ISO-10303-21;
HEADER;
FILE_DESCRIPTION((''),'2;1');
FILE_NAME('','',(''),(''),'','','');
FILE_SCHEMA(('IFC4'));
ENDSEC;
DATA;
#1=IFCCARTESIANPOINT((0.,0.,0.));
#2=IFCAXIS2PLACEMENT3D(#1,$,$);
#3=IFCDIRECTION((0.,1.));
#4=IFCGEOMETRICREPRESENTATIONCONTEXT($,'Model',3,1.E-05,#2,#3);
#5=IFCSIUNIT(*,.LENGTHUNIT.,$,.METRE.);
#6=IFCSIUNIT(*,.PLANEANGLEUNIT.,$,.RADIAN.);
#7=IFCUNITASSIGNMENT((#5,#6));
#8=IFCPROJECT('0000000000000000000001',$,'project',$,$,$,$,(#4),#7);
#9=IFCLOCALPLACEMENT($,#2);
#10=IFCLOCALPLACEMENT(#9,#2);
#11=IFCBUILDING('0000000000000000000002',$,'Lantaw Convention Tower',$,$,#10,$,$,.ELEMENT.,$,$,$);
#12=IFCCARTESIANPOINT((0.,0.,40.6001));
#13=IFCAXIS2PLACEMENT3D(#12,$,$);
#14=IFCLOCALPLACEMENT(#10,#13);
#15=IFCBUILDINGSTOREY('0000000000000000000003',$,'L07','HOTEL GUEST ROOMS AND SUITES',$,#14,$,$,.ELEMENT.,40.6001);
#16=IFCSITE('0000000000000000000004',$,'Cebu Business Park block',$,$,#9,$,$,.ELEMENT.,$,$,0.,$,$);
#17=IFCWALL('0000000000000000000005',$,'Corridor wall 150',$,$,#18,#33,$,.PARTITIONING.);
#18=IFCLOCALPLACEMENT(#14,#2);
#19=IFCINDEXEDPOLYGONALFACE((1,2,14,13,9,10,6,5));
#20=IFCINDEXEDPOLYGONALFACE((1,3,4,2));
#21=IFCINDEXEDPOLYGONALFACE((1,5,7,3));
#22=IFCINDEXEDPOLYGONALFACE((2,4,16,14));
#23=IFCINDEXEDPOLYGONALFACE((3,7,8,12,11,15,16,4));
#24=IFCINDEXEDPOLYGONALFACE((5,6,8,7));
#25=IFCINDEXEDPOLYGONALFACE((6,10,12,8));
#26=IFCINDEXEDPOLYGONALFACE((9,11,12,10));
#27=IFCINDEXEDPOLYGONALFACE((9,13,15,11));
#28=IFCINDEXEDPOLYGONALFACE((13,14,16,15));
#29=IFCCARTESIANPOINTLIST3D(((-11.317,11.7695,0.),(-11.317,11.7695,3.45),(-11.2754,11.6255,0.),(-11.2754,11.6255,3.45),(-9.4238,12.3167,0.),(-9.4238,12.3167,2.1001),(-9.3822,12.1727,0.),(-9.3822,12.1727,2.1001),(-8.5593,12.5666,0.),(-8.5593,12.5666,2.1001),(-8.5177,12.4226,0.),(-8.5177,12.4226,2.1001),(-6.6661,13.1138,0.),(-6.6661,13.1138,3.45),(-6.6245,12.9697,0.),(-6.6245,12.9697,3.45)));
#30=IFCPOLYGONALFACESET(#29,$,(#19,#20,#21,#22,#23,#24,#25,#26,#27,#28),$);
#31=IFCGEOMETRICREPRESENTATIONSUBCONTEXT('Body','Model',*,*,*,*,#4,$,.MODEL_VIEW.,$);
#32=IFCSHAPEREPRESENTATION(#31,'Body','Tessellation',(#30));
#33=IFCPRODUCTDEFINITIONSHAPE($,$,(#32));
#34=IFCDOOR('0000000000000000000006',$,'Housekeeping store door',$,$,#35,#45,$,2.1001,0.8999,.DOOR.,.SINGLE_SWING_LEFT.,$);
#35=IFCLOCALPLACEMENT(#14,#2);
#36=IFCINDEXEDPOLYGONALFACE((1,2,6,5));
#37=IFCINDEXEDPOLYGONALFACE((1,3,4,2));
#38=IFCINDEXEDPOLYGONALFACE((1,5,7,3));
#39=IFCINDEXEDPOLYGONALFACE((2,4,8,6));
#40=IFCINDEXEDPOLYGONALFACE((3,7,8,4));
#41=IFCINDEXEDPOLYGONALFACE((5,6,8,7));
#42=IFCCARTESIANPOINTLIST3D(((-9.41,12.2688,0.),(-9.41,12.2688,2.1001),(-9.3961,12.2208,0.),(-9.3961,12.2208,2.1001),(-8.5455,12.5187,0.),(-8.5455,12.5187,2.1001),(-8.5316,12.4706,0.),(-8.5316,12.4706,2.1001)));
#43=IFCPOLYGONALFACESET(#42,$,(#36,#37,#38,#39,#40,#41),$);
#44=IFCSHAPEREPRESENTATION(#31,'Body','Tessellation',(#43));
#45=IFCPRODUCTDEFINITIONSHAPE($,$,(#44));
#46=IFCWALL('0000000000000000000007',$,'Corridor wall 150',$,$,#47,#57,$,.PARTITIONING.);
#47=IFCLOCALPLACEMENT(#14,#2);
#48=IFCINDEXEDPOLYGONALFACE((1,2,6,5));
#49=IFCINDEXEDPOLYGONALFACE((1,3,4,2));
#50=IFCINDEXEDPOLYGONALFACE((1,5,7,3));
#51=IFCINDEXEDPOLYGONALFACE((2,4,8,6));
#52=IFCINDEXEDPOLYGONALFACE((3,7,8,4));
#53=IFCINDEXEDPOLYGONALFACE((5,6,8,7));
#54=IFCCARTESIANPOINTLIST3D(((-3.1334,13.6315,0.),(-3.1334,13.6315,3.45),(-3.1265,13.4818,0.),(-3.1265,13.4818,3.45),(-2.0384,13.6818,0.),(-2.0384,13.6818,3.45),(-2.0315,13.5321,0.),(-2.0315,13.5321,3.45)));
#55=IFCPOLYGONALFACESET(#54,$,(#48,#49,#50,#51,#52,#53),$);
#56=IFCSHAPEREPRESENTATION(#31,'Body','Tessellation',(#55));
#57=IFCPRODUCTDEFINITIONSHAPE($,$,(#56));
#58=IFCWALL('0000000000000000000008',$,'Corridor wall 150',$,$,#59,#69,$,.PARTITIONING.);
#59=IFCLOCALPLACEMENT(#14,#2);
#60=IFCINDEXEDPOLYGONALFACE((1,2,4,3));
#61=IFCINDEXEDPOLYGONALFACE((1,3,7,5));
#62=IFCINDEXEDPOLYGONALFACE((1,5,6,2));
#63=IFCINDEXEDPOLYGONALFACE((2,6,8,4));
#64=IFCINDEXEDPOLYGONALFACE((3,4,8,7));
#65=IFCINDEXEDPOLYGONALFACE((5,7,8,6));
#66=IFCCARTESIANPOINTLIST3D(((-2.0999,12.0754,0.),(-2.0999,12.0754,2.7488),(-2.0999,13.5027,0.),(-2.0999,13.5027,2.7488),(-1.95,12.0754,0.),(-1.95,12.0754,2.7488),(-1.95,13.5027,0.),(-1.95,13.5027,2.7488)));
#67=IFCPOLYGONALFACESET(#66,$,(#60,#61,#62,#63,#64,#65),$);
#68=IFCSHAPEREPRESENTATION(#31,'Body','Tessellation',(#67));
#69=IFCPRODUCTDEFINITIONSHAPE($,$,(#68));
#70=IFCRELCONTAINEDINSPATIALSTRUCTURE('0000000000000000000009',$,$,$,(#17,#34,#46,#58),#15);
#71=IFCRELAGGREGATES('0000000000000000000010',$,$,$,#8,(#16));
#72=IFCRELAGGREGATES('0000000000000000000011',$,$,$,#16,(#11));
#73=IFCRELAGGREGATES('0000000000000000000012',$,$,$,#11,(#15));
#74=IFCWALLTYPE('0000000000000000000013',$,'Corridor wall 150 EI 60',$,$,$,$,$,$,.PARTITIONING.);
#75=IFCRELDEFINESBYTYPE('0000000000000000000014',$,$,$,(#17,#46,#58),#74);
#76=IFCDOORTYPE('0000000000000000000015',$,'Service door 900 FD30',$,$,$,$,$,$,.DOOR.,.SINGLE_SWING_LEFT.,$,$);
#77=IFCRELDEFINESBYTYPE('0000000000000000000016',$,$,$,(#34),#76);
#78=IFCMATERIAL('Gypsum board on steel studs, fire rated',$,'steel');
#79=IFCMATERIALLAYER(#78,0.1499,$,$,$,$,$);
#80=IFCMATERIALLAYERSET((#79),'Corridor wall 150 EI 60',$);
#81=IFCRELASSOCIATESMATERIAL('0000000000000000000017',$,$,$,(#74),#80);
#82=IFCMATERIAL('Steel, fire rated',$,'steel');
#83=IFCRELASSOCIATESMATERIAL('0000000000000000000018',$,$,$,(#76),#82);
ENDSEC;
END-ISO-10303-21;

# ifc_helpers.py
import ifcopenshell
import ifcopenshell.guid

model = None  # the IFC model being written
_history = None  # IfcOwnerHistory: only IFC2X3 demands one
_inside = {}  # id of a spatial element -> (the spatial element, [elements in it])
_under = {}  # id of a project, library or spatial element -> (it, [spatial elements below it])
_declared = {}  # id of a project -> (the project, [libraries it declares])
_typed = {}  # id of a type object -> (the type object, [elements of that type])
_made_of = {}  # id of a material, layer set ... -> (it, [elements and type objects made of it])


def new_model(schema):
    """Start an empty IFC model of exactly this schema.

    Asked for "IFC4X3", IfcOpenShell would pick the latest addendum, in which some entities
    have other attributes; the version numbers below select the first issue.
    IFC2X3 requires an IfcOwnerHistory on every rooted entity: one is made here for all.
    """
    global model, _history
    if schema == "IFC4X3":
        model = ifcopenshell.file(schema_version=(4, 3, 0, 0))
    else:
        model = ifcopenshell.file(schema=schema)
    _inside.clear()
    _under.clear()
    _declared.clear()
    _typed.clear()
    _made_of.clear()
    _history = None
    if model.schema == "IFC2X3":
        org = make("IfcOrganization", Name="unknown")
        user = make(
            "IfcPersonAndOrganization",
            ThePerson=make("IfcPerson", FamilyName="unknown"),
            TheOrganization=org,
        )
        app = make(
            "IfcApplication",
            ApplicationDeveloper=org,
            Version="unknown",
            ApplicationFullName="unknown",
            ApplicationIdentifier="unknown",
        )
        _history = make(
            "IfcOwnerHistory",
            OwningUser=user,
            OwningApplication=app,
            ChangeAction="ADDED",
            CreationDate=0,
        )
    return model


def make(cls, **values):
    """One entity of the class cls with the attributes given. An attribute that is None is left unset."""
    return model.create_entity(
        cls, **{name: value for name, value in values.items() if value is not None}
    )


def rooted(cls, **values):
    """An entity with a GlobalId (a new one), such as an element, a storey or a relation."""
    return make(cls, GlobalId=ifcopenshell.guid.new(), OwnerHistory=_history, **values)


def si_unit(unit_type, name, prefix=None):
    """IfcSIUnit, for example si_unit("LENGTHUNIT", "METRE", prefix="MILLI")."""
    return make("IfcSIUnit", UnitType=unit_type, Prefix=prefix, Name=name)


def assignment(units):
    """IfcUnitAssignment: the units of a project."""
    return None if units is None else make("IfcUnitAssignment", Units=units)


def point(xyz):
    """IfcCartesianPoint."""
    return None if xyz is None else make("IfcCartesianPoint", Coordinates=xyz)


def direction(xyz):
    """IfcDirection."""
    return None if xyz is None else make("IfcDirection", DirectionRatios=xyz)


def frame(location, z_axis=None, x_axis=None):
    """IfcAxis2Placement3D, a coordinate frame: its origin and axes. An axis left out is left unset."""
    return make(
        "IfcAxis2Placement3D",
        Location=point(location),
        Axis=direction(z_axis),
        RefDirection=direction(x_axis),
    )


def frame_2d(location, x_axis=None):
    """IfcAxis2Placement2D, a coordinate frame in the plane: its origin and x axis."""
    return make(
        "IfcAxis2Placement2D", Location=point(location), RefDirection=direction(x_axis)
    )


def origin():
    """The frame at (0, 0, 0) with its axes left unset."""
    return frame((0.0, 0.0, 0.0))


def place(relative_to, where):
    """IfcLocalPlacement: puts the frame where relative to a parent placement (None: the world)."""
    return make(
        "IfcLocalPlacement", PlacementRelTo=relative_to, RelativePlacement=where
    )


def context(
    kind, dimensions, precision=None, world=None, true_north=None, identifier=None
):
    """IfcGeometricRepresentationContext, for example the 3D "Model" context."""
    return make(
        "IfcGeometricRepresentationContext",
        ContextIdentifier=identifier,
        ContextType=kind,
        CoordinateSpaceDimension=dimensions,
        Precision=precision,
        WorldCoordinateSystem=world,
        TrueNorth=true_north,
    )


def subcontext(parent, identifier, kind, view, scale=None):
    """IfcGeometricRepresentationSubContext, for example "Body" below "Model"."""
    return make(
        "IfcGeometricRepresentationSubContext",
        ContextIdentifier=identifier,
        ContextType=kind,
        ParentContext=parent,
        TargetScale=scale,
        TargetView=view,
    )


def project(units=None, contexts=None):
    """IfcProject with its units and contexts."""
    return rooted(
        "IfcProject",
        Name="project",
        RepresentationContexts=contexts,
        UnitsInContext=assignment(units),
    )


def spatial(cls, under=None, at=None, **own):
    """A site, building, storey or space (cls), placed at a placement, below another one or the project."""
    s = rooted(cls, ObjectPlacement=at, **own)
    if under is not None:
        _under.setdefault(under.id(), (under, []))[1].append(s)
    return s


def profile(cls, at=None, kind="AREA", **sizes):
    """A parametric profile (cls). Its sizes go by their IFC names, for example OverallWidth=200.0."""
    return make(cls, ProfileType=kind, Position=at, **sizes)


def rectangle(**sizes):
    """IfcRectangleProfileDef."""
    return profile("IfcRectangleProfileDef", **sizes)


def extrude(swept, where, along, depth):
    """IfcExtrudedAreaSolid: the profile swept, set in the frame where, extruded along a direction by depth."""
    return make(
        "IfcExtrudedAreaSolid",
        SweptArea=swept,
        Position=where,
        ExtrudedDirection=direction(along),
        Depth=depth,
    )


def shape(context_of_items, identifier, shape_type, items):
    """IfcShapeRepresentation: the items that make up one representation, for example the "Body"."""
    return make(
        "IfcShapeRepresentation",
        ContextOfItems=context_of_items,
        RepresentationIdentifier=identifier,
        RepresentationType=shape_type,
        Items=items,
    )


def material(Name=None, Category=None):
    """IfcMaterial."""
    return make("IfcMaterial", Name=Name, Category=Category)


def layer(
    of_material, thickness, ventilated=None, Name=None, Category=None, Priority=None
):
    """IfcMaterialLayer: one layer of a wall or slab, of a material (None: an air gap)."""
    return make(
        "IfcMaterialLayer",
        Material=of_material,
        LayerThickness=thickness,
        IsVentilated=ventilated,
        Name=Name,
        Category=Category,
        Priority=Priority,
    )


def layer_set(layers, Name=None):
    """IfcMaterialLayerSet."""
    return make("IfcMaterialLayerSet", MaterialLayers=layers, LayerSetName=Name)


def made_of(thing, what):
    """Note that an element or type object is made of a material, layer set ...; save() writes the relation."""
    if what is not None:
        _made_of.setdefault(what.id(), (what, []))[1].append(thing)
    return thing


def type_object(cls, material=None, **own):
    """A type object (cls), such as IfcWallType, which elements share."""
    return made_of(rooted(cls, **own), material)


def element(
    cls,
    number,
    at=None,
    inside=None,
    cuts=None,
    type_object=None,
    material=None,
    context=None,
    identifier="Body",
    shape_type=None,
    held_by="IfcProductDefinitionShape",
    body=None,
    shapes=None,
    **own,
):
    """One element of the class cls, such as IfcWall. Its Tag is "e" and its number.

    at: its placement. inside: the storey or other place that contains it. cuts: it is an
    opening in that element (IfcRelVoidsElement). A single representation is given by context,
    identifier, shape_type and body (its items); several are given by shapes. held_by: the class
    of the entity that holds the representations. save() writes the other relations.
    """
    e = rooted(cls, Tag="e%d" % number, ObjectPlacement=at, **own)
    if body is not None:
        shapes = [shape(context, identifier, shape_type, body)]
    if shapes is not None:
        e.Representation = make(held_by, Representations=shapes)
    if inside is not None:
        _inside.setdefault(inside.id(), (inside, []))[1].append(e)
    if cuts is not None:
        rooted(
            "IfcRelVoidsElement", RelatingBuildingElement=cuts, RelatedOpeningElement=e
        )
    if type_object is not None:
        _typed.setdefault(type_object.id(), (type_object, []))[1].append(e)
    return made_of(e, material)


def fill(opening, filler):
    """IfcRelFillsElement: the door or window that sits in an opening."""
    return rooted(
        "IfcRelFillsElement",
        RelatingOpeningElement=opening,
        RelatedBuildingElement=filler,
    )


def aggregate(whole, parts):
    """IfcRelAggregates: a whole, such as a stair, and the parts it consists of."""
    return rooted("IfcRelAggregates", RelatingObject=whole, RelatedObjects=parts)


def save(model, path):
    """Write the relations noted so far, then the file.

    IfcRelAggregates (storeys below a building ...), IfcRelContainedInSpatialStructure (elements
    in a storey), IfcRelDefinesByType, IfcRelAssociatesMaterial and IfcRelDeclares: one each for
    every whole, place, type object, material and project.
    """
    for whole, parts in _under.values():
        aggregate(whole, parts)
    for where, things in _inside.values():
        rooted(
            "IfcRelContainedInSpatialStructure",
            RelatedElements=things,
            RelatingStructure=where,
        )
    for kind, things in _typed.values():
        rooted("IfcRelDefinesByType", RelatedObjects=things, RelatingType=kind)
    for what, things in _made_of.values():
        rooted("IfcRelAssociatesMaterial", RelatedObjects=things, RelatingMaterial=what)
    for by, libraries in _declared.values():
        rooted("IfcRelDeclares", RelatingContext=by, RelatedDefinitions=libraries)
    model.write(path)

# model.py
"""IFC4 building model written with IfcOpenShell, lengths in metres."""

from ifc_helpers import new_model, si_unit, direction, frame, frame_2d, origin, place, context, subcontext, project, spatial, rectangle, extrude, material, layer, layer_set, type_object, element, fill, save


model = new_model("IFC4")

# Units and contexts
model_context = context("Model", 3, precision=1e-05, world=origin(), true_north=direction((0.0, 1.0)))
body_context = subcontext(model_context, "Body", "Model", "MODEL_VIEW")
ifc_project = project(units=[si_unit("LENGTHUNIT", "METRE"), si_unit("PLANEANGLEUNIT", "RADIAN")], contexts=[model_context])

# Site, building, storey
site_placement = place(None, origin())
site = spatial("IfcSite", under=ifc_project, at=site_placement, Name="Cebu Business Park block", CompositionType="ELEMENT", RefElevation=0.0)
building_placement = place(site_placement, origin())
building = spatial("IfcBuilding", under=site, at=building_placement, Name="Lantaw Convention Tower", CompositionType="ELEMENT")
storey_placement = place(building_placement, frame((0.0, 0.0, 40.6001)))
storey = spatial("IfcBuildingStorey", under=building, at=storey_placement, Name="L07", Description="HOTEL GUEST ROOMS AND SUITES", CompositionType="ELEMENT", Elevation=40.6001)

# Wall, opening, door
ifc_material_1 = material(Name="Gypsum board on steel studs, fire rated", Category="steel")
ifc_layer_1 = layer(ifc_material_1, 0.1499)
ifc_layer_set_1 = layer_set([ifc_layer_1], Name="Corridor wall 150 EI 60")
wall_type_1 = type_object("IfcWallType", Name="Corridor wall 150 EI 60", PredefinedType="PARTITIONING", material=ifc_layer_set_1)
ifc_material_2 = material(Name="Steel, fire rated", Category="steel")
wall_1_placement = place(storey_placement, frame((-6.6453, 13.0417, 0.0), z_axis=(0.0, 0.0, 1.0), x_axis=(-0.960678, -0.277664, 0.0)))
wall_1 = element("IfcWall", 1, at=wall_1_placement, inside=storey, type_object=wall_type_1, Name="Corridor wall 150", PredefinedType="PARTITIONING", context=body_context, shape_type="SweptSolid", body=[
    extrude(rectangle(XDim=4.8413, YDim=0.1499, at=frame_2d((2.4207, 0.0))), origin(), (0.0, 0.0, 1.0), 3.45),
])
opening_1_placement = place(wall_1_placement, frame((1.9707, 0.0, 0.0)))
opening_1 = element("IfcOpeningElement", 2, at=opening_1_placement, cuts=wall_1, PredefinedType="OPENING", context=body_context, shape_type="SweptSolid", body=[
    extrude(rectangle(XDim=0.8999, YDim=2.1001, at=frame_2d((0.45, 1.05))), frame((0.0, 0.085, 0.0), z_axis=(0.0, -1.0, 0.0), x_axis=(1.0, 0.0, 0.0)), (0.0, 0.0, 1.0), 0.1699),
])
door_type_1 = type_object("IfcDoorType", Name="Service door 900 FD30", OperationType="SINGLE_SWING_LEFT", PredefinedType="DOOR", material=ifc_material_2)
door_1_placement = place(opening_1_placement, origin())
door_1 = element("IfcDoor", 3, at=door_1_placement, inside=storey, type_object=door_type_1, Name="Housekeeping store door", OperationType="SINGLE_SWING_LEFT", OverallHeight=2.1001, OverallWidth=0.8999, PredefinedType="DOOR", context=body_context, shape_type="SweptSolid", body=[
    extrude(rectangle(XDim=0.8999, YDim=2.1001, at=frame_2d((0.45, 1.05))), frame((0.0, 0.0249, 0.0), z_axis=(0.0, -1.0, 0.0), x_axis=(1.0, 0.0, 0.0)), (0.0, 0.0, 1.0), 0.05),
])
fill(opening_1, door_1)

# Walls
wall_2_placement = place(storey_placement, frame((-2.0349, 13.6069, 0.0), z_axis=(0.0, 0.0, 1.0), x_axis=(-0.998947, -0.045883, 0.0)))
element("IfcWall", 4, at=wall_2_placement, inside=storey, type_object=wall_type_1, Name="Corridor wall 150", PredefinedType="PARTITIONING", context=body_context, shape_type="SweptSolid", body=[
    extrude(rectangle(XDim=1.0962, YDim=0.1499, at=frame_2d((0.5481, 0.0))), origin(), (0.0, 0.0, 1.0), 3.45),
])
wall_3_placement = place(storey_placement, frame((-2.0249, 12.0754, 0.0), z_axis=(0.0, 0.0, 1.0), x_axis=(0.0, 1.0, 0.0)))
element("IfcWall", 5, at=wall_3_placement, inside=storey, type_object=wall_type_1, Name="Corridor wall 150", PredefinedType="PARTITIONING", context=body_context, shape_type="SweptSolid", body=[
    extrude(rectangle(XDim=1.4272, YDim=0.1499, at=frame_2d((0.7136, 0.0))), origin(), (0.0, 0.0, 1.0), 2.7488),
])

save(model, "model.ifc")
